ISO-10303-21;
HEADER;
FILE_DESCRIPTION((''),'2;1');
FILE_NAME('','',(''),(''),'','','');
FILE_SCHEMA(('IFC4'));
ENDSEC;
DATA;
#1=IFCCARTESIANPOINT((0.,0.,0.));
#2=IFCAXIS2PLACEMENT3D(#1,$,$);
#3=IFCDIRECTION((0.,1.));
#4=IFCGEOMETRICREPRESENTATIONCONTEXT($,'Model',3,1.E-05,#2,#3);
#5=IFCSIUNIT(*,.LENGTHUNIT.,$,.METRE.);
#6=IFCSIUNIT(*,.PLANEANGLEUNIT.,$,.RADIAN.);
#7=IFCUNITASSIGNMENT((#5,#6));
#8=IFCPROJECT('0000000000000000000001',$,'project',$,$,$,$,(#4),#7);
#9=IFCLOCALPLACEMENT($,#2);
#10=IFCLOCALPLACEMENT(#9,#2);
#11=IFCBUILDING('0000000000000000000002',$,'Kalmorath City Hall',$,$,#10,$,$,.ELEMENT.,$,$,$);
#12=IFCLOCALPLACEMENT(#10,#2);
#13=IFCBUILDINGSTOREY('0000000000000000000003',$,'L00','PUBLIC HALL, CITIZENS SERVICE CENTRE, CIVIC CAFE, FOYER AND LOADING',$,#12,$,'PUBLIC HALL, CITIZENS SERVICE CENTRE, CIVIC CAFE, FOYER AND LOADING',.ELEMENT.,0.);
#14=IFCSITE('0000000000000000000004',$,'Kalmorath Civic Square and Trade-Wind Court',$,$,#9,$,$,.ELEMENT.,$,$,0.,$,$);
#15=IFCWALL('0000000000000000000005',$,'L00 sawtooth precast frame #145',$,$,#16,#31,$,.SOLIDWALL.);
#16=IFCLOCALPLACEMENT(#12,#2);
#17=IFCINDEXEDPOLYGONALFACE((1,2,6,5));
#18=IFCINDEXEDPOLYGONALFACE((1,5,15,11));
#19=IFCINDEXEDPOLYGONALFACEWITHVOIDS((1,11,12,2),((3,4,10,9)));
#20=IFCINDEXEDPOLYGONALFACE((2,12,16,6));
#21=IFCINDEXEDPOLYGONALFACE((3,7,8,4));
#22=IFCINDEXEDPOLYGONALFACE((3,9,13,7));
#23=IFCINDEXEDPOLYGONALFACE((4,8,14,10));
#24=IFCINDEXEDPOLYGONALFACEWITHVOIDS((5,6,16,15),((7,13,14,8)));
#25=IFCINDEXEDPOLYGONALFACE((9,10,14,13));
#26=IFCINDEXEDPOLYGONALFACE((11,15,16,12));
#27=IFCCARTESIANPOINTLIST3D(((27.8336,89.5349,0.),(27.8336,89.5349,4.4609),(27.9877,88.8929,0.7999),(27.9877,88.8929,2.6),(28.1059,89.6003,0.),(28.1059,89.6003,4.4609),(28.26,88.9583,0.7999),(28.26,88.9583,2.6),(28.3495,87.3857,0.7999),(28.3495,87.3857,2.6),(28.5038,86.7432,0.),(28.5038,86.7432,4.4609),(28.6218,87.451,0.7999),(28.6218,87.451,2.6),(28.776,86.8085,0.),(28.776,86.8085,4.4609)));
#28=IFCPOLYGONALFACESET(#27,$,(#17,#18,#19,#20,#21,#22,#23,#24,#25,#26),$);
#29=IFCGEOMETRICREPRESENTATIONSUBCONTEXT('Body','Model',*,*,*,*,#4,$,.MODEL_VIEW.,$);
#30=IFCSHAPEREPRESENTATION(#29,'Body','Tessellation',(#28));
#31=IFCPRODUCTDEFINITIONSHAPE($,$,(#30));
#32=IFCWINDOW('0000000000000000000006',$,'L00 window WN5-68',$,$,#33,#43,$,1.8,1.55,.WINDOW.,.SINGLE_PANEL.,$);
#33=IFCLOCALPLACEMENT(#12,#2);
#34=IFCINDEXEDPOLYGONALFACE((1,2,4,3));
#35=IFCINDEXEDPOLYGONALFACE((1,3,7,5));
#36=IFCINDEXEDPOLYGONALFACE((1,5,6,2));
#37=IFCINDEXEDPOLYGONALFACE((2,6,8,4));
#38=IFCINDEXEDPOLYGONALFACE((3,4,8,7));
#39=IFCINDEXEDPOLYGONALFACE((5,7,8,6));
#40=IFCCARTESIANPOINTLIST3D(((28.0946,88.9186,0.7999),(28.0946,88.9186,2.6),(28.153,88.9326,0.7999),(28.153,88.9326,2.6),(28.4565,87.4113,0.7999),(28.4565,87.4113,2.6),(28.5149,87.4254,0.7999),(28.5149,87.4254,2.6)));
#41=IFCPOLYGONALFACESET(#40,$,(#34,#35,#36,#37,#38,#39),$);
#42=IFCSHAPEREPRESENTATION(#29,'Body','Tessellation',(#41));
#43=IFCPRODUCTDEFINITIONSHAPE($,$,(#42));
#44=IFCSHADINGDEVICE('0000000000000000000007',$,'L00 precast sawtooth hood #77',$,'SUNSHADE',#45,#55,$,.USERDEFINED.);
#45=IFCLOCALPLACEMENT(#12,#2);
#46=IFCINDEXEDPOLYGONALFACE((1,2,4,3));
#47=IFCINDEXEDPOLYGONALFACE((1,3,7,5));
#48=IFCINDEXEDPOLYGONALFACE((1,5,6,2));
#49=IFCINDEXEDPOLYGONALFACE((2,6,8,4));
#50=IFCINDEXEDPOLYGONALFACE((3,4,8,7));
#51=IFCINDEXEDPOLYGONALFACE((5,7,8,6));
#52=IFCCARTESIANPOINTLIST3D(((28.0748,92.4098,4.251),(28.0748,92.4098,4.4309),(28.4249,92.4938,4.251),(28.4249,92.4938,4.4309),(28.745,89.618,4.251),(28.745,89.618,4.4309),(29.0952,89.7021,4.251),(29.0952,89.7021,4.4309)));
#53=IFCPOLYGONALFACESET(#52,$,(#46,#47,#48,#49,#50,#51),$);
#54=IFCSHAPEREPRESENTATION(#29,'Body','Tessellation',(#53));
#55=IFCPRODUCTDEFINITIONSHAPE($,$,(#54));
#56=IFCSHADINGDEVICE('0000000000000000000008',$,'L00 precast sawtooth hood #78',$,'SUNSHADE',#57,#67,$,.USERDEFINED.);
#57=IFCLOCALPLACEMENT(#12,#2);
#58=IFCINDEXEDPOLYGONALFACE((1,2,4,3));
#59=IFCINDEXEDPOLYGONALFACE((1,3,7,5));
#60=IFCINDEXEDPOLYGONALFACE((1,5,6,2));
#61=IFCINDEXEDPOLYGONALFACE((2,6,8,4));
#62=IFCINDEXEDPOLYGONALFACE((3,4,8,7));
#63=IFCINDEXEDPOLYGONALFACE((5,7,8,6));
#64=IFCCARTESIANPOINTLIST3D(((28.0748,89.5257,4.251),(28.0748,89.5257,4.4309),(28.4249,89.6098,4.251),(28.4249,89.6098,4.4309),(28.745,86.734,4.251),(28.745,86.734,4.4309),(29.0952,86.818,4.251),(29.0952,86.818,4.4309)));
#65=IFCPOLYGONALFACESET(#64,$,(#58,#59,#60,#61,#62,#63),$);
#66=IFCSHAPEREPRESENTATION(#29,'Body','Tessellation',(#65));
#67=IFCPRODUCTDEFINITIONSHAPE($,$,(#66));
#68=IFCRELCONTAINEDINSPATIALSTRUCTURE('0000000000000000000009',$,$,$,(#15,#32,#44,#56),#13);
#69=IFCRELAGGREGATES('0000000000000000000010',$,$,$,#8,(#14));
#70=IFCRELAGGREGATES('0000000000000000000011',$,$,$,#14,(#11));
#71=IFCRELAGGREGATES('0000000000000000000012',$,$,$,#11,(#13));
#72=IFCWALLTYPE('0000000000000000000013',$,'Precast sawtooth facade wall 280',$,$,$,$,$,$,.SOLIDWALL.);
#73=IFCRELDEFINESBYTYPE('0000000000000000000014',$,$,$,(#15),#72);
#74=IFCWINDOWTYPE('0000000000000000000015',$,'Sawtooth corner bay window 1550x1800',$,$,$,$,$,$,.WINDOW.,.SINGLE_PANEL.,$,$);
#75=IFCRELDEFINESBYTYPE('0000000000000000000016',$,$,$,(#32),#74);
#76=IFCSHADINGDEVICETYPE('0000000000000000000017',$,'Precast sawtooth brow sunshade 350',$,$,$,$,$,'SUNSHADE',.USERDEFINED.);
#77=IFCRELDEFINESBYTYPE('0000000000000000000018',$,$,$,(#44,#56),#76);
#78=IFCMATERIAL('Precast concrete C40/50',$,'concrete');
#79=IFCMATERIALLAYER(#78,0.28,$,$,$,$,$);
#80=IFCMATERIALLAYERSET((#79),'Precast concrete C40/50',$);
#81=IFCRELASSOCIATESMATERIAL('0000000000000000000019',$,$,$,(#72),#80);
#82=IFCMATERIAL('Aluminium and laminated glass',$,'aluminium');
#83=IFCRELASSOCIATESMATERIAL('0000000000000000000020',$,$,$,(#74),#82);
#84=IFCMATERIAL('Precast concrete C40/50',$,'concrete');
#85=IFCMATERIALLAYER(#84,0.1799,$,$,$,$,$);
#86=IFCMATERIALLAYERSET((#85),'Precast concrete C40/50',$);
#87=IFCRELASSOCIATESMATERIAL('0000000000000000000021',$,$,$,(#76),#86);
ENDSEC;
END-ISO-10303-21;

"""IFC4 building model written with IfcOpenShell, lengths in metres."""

from ifc_helpers import new_model, si_unit, direction, frame, frame_2d, origin, origin_2d, place, context, subcontext, project, spatial, rectangle, extrude, material, layer, layer_set, type_object, element, fill, save


model = new_model("IFC4")

# Units and contexts
model_context = context("Model", 3, precision=1e-05, world=origin(), true_north=direction((0.0, 1.0)))
body_context = subcontext(model_context, "Body", "Model", "MODEL_VIEW")
ifc_project = project(units=[si_unit("LENGTHUNIT", "METRE"), si_unit("PLANEANGLEUNIT", "RADIAN")], contexts=[model_context])

# Site, building, storey
site_placement = place(None, origin())
site = spatial("IfcSite", under=ifc_project, at=site_placement, Name="Kalmorath Civic Square and Trade-Wind Court", CompositionType="ELEMENT", RefElevation=0.0)
building_placement = place(site_placement, origin())
building = spatial("IfcBuilding", under=site, at=building_placement, Name="Kalmorath City Hall", CompositionType="ELEMENT")
storey_placement = place(building_placement, origin())
storey = spatial("IfcBuildingStorey", under=building, at=storey_placement, Name="L00", Description="PUBLIC HALL, CITIZENS SERVICE CENTRE, CIVIC CAFE, FOYER AND LOADING", LongName="PUBLIC HALL, CITIZENS SERVICE CENTRE, CIVIC CAFE, FOYER AND LOADING", CompositionType="ELEMENT", Elevation=0.0)

# Wall, opening, window
ifc_material_1 = material(Name="Precast concrete C40/50", Category="concrete")
ifc_layer_1 = layer(ifc_material_1, 0.28)
ifc_layer_set_1 = layer_set([ifc_layer_1], Name="Precast concrete C40/50")
wall_type_1 = type_object("IfcWallType", Name="Precast sawtooth facade wall 280", PredefinedType="SOLIDWALL", material=ifc_layer_set_1)
ifc_material_2 = material(Name="Aluminium and laminated glass", Category="aluminium")
window_type = type_object("IfcWindowType", Name="Sawtooth corner bay window 1550x1800", PartitioningType="SINGLE_PANEL", PredefinedType="WINDOW", material=ifc_material_2)
wall_1_placement = place(storey_placement, frame((27.9697, 89.5676, 0.0), z_axis=(0.0, 0.0, 1.0), x_axis=(0.233421, -0.972376, 0.0)))
wall_1 = element("IfcWall", 1, at=wall_1_placement, inside=storey, type_object=wall_type_1, Name="L00 sawtooth precast frame #145", PredefinedType="SOLIDWALL", context=body_context, shape_type="SweptSolid", body=[
    extrude(rectangle(XDim=2.8711, YDim=0.28, at=frame_2d((1.4355, 0.0))), origin(), (0.0, 0.0, 1.0), 4.4609),
])
opening_1_placement = place(wall_1_placement, frame((0.6604, 0.0, 0.8)))
opening_1 = element("IfcOpeningElement", 2, at=opening_1_placement, cuts=wall_1, PredefinedType="OPENING", context=body_context, shape_type="SweptSolid", body=[
    extrude(rectangle(XDim=1.55, YDim=1.8, at=frame_2d((0.7749, 0.8999))), frame((0.0, 0.1499, 0.0), z_axis=(0.0, -1.0, 0.0), x_axis=(1.0, 0.0, 0.0)), (0.0, 0.0, 1.0), 0.3),
])
window_1_placement = place(opening_1_placement, origin())
window_1 = element("IfcWindow", 3, at=window_1_placement, inside=storey, type_object=window_type, Name="L00 window WN5-68", OverallHeight=1.8, OverallWidth=1.55, PartitioningType="SINGLE_PANEL", PredefinedType="WINDOW", context=body_context, shape_type="SweptSolid", body=[
    extrude(rectangle(XDim=1.55, YDim=1.8, at=frame_2d((0.7749, 0.8999))), frame((0.0, 0.03, 0.0), z_axis=(0.0, -1.0, 0.0), x_axis=(1.0, 0.0, 0.0)), (0.0, 0.0, 1.0), 0.0601),
])
fill(opening_1, window_1)

# Shading devices
ifc_material_3 = material(Name="Precast concrete C40/50", Category="concrete")
ifc_layer_2 = layer(ifc_material_3, 0.1799)
ifc_layer_set_2 = layer_set([ifc_layer_2], Name="Precast concrete C40/50")
shading_device_type = type_object("IfcShadingDeviceType", Name="Precast sawtooth brow sunshade 350", ElementType="SUNSHADE", PredefinedType="USERDEFINED", material=ifc_layer_set_2)
for number, where, z_axis, x_axis, name in (
    (4, (28.585, 91.0559, 4.251), (0.0, 0.0, 1.0), (0.233445, -0.97237, 0.0), "L00 precast sawtooth hood #77"),
    (5, (28.585, 88.1719, 4.251), (0.0, 0.0, 1.0), (0.233445, -0.97237, 0.0), "L00 precast sawtooth hood #78"),
):
    element("IfcShadingDevice", number, at=place(storey_placement, frame(where, z_axis=z_axis, x_axis=x_axis)), inside=storey, type_object=shading_device_type, Name=name, ObjectType="SUNSHADE", PredefinedType="USERDEFINED", context=body_context, shape_type="SweptSolid", body=[
        extrude(rectangle(XDim=2.8711, YDim=0.3601, at=origin_2d()), origin(), (0.0, 0.0, 1.0), 0.1799),
    ])

save(model, "model.ifc")
